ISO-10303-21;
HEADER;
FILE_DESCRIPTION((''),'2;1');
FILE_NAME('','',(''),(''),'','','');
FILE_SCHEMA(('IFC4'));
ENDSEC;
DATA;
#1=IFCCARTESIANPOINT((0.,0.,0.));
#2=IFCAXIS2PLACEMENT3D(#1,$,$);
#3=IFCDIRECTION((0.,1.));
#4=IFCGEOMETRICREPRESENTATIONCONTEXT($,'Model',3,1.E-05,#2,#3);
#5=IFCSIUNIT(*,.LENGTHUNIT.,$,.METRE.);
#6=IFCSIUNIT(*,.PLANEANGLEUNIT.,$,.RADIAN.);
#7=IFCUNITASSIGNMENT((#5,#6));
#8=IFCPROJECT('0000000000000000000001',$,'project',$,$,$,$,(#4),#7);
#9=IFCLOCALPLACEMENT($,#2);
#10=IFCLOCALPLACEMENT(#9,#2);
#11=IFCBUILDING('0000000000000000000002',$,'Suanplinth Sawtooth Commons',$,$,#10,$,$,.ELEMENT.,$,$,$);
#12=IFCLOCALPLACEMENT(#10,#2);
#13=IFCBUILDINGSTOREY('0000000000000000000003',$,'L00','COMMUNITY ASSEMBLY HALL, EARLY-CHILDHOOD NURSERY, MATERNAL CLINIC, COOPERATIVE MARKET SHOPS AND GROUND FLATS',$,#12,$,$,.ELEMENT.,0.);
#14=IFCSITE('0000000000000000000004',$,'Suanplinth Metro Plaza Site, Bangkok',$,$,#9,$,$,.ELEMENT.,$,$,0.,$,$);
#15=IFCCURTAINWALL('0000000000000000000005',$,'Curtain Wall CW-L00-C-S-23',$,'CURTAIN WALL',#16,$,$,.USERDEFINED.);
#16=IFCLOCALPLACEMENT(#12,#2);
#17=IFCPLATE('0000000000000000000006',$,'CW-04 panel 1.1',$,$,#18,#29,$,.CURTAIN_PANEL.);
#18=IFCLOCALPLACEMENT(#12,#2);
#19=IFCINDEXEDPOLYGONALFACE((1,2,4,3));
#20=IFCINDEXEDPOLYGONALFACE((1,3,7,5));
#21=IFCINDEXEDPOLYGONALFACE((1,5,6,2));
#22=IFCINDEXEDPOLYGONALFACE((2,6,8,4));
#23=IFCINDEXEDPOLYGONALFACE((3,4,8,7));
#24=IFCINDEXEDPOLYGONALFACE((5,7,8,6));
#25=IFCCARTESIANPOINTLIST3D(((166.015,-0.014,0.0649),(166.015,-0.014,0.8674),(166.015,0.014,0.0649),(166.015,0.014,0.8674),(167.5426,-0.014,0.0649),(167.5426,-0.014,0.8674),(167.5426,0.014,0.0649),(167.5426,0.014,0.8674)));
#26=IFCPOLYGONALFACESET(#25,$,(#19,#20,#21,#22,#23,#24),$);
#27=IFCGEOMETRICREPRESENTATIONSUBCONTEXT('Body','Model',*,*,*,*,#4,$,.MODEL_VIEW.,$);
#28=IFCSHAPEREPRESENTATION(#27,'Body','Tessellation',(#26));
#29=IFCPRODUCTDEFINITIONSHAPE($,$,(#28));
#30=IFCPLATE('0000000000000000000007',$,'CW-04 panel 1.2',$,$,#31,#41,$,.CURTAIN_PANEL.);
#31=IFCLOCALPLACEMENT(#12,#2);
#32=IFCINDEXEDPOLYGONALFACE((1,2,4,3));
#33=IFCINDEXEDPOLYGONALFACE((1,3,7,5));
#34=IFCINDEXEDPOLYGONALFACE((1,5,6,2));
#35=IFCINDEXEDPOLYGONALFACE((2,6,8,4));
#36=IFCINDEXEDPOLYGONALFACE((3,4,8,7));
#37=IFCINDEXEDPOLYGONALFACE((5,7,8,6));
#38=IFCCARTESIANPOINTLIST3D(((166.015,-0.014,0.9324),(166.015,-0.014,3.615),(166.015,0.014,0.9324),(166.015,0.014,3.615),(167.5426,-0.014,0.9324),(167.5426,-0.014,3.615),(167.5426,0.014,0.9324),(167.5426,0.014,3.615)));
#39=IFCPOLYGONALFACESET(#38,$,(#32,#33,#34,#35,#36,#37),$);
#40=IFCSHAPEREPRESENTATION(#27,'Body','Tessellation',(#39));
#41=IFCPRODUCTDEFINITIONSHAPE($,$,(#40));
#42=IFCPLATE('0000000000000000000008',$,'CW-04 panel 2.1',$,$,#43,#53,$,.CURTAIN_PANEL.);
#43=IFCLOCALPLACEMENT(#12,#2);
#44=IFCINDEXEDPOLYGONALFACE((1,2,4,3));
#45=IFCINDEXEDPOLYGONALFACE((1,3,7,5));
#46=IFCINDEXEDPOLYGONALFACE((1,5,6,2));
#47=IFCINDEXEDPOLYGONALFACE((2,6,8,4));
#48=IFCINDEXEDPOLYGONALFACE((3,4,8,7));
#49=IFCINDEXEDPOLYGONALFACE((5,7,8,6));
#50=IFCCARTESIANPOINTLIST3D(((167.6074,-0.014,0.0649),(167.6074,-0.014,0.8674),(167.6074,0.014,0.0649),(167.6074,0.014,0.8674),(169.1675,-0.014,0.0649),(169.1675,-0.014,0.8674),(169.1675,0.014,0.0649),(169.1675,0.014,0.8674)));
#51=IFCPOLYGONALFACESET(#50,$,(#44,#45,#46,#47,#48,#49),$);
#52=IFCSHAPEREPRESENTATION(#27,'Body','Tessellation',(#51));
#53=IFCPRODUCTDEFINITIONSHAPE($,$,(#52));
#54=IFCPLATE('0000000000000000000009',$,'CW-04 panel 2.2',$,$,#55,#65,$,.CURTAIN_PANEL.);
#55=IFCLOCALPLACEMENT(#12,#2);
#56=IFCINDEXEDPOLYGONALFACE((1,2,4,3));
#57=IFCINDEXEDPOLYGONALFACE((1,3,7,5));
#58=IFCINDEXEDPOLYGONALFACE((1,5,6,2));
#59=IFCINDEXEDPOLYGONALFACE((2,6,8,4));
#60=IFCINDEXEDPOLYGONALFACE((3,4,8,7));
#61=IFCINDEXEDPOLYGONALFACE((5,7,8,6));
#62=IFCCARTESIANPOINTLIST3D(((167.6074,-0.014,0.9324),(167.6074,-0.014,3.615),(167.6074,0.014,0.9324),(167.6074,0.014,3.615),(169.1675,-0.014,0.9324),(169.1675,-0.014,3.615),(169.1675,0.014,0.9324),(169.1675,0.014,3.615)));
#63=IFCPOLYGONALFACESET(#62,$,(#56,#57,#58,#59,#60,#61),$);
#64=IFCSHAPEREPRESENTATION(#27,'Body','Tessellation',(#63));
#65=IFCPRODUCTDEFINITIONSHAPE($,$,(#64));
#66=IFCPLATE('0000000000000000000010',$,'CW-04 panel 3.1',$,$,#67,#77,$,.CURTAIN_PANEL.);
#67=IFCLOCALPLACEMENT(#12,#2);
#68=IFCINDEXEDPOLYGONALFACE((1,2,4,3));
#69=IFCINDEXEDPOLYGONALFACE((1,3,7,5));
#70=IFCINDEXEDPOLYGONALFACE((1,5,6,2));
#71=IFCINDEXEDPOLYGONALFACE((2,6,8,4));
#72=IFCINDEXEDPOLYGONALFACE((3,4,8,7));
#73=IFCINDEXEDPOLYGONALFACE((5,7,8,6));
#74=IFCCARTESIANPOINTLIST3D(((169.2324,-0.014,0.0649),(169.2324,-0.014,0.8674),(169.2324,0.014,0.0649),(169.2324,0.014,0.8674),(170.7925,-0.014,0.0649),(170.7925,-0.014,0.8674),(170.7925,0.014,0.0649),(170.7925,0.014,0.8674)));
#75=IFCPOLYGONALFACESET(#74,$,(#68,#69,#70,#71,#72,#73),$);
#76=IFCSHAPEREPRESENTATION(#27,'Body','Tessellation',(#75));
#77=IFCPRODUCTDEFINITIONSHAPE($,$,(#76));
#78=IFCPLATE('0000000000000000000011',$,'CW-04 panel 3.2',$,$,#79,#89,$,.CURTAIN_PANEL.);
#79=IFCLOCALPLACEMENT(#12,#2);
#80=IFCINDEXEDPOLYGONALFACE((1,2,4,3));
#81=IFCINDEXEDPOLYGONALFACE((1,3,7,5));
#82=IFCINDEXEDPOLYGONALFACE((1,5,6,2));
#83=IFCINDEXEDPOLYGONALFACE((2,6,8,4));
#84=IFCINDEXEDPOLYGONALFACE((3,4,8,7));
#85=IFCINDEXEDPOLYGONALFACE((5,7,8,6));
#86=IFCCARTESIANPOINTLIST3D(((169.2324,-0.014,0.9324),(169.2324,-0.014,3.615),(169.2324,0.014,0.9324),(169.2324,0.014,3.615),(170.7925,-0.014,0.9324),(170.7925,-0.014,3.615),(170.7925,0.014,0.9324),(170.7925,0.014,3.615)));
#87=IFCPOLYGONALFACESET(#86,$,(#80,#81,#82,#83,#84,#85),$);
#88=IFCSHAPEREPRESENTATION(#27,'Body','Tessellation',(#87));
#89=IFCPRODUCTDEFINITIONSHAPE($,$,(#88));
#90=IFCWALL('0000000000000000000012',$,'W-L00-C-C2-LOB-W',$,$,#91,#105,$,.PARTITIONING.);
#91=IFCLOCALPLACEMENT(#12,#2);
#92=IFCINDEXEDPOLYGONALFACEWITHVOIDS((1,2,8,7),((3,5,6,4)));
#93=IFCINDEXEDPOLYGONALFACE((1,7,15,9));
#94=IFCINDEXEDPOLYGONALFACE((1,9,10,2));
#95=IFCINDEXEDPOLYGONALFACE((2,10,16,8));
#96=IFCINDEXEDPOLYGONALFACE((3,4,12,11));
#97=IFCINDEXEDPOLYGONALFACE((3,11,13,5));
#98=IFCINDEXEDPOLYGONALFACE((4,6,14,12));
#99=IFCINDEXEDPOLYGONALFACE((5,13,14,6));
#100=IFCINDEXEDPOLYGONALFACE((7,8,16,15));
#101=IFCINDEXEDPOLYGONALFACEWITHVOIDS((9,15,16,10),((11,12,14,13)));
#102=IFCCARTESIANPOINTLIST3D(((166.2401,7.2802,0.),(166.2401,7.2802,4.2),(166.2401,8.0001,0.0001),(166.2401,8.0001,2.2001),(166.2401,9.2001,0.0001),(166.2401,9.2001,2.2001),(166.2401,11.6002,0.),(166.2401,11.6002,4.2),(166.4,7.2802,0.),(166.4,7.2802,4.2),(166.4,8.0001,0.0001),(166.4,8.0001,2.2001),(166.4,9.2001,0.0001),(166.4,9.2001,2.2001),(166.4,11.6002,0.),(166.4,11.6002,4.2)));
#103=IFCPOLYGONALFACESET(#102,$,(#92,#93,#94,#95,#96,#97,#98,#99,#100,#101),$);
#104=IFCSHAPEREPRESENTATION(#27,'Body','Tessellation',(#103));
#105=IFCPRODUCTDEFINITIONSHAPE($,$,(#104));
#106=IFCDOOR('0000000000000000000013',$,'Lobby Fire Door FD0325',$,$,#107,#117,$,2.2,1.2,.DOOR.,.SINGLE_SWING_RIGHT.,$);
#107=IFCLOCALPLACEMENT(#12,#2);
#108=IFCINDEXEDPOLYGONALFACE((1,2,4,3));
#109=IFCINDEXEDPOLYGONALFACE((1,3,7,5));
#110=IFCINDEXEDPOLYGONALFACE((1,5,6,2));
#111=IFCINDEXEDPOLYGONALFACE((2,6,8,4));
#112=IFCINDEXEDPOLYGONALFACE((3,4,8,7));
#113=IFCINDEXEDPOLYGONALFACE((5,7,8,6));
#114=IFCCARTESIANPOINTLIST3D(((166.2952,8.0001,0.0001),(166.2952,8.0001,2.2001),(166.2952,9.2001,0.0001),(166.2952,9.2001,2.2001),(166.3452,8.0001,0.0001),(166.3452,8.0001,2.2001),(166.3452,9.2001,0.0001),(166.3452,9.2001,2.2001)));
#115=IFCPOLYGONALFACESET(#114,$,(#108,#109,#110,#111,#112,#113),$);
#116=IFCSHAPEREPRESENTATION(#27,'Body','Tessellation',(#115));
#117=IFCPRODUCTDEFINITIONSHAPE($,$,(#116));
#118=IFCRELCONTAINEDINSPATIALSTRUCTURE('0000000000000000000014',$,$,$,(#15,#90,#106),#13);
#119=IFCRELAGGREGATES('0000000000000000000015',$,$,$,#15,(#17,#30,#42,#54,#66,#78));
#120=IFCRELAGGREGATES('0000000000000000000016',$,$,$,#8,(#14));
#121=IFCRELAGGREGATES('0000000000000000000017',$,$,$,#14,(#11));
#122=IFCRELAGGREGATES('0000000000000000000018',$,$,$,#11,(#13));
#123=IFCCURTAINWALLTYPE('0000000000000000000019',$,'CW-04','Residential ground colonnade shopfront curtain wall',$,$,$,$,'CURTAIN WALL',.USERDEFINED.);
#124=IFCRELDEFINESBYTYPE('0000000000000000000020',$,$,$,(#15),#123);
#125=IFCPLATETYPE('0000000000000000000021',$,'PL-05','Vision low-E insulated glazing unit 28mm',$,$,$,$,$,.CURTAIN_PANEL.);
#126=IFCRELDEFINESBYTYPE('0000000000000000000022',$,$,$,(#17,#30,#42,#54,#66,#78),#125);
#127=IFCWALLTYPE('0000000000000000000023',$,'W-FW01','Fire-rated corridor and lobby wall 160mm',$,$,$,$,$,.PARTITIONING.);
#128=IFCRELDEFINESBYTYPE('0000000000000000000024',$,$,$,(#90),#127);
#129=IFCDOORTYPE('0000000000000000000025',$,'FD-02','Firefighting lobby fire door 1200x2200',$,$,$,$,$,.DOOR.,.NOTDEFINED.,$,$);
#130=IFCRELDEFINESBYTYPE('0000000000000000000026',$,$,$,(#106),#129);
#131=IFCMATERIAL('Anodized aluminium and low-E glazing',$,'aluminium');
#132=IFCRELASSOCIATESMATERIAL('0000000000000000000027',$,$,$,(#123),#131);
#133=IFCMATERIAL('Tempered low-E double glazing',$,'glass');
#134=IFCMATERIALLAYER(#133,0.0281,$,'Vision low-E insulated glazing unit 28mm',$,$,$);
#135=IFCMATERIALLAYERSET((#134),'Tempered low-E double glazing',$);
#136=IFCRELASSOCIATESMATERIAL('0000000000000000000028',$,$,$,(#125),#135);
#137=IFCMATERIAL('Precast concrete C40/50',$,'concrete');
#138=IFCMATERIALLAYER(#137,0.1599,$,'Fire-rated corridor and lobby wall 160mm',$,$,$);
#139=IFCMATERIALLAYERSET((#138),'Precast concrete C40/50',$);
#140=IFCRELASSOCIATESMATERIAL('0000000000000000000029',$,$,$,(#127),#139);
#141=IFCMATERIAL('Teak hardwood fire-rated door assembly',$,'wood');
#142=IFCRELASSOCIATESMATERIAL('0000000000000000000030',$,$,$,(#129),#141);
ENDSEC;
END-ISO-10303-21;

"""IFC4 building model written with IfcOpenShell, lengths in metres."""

from ifc_helpers import new_model, si_unit, direction, frame, frame_2d, origin, origin_2d, place, context, subcontext, project, spatial, rectangle, extrude, material, layer, layer_set, type_object, element, fill, aggregate, save


model = new_model("IFC4")

# Units and contexts
model_context = context("Model", 3, precision=1e-05, world=origin(), true_north=direction((0.0, 1.0)))
body_context = subcontext(model_context, "Body", "Model", "MODEL_VIEW")
ifc_project = project(units=[si_unit("LENGTHUNIT", "METRE"), si_unit("PLANEANGLEUNIT", "RADIAN")], contexts=[model_context])

# Site, building, storey
site_placement = place(None, origin())
site = spatial("IfcSite", under=ifc_project, at=site_placement, Name="Suanplinth Metro Plaza Site, Bangkok", CompositionType="ELEMENT", RefElevation=0.0)
building_placement = place(site_placement, origin())
building = spatial("IfcBuilding", under=site, at=building_placement, Name="Suanplinth Sawtooth Commons", CompositionType="ELEMENT")
storey_placement = place(building_placement, origin())
storey = spatial("IfcBuildingStorey", under=building, at=storey_placement, Name="L00", Description="COMMUNITY ASSEMBLY HALL, EARLY-CHILDHOOD NURSERY, MATERNAL CLINIC, COOPERATIVE MARKET SHOPS AND GROUND FLATS", CompositionType="ELEMENT", Elevation=0.0)

# Curtain wall, plates
ifc_material_1 = material(Name="Anodized aluminium and low-E glazing", Category="aluminium")
curtain_wall_type = type_object("IfcCurtainWallType", Name="CW-04", Description="Residential ground colonnade shopfront curtain wall", ElementType="CURTAIN WALL", PredefinedType="USERDEFINED", material=ifc_material_1)
curtain_wall_placement = place(storey_placement, origin())
curtain_wall = element("IfcCurtainWall", 1, at=curtain_wall_placement, inside=storey, type_object=curtain_wall_type, Name="Curtain Wall CW-L00-C-S-23", ObjectType="CURTAIN WALL", PredefinedType="USERDEFINED")
ifc_material_2 = material(Name="Tempered low-E double glazing", Category="glass")
ifc_layer_1 = layer(ifc_material_2, 0.0281, Name="Vision low-E insulated glazing unit 28mm")
ifc_layer_set_1 = layer_set([ifc_layer_1], Name="Tempered low-E double glazing")
plate_type = type_object("IfcPlateType", Name="PL-05", Description="Vision low-E insulated glazing unit 28mm", PredefinedType="CURTAIN_PANEL", material=ifc_layer_set_1)
plate_1_placement = place(storey_placement, frame((166.7788, 0.0, 0.0649), z_axis=(0.0, 0.0, 1.0), x_axis=(1.0, 0.0, 0.0)))
plate_1 = element("IfcPlate", 2, at=plate_1_placement, type_object=plate_type, Name="CW-04 panel 1.1", PredefinedType="CURTAIN_PANEL", context=body_context, shape_type="SweptSolid", body=[
    extrude(rectangle(XDim=1.5276, YDim=0.0281, at=origin_2d()), origin(), (0.0, 0.0, 1.0), 0.8025),
])
plate_2_placement = place(storey_placement, frame((166.7788, 0.0, 0.9324), z_axis=(0.0, 0.0, 1.0), x_axis=(1.0, 0.0, 0.0)))
plate_2 = element("IfcPlate", 3, at=plate_2_placement, type_object=plate_type, Name="CW-04 panel 1.2", PredefinedType="CURTAIN_PANEL", context=body_context, shape_type="SweptSolid", body=[
    extrude(rectangle(XDim=1.5276, YDim=0.0281, at=origin_2d()), origin(), (0.0, 0.0, 1.0), 2.6826),
])
plate_3_placement = place(storey_placement, frame((168.3875, 0.0, 0.0649), z_axis=(0.0, 0.0, 1.0), x_axis=(1.0, 0.0, 0.0)))
plate_3 = element("IfcPlate", 4, at=plate_3_placement, type_object=plate_type, Name="CW-04 panel 2.1", PredefinedType="CURTAIN_PANEL", context=body_context, shape_type="SweptSolid", body=[
    extrude(rectangle(XDim=1.5601, YDim=0.0281, at=origin_2d()), origin(), (0.0, 0.0, 1.0), 0.8025),
])
plate_4_placement = place(storey_placement, frame((168.3875, 0.0, 0.9324), z_axis=(0.0, 0.0, 1.0), x_axis=(1.0, 0.0, 0.0)))
plate_4 = element("IfcPlate", 5, at=plate_4_placement, type_object=plate_type, Name="CW-04 panel 2.2", PredefinedType="CURTAIN_PANEL", context=body_context, shape_type="SweptSolid", body=[
    extrude(rectangle(XDim=1.5601, YDim=0.0281, at=origin_2d()), origin(), (0.0, 0.0, 1.0), 2.6826),
])
plate_5_placement = place(storey_placement, frame((170.0125, 0.0, 0.0649), z_axis=(0.0, 0.0, 1.0), x_axis=(1.0, 0.0, 0.0)))
plate_5 = element("IfcPlate", 6, at=plate_5_placement, type_object=plate_type, Name="CW-04 panel 3.1", PredefinedType="CURTAIN_PANEL", context=body_context, shape_type="SweptSolid", body=[
    extrude(rectangle(XDim=1.5601, YDim=0.0281, at=origin_2d()), origin(), (0.0, 0.0, 1.0), 0.8025),
])
plate_6_placement = place(storey_placement, frame((170.0125, 0.0, 0.9324), z_axis=(0.0, 0.0, 1.0), x_axis=(1.0, 0.0, 0.0)))
plate_6 = element("IfcPlate", 7, at=plate_6_placement, type_object=plate_type, Name="CW-04 panel 3.2", PredefinedType="CURTAIN_PANEL", context=body_context, shape_type="SweptSolid", body=[
    extrude(rectangle(XDim=1.5601, YDim=0.0281, at=origin_2d()), origin(), (0.0, 0.0, 1.0), 2.6826),
])
aggregate(curtain_wall, [plate_1, plate_2, plate_3, plate_4, plate_5, plate_6])

# Wall, opening, door
ifc_material_3 = material(Name="Precast concrete C40/50", Category="concrete")
ifc_layer_2 = layer(ifc_material_3, 0.1599, Name="Fire-rated corridor and lobby wall 160mm")
ifc_layer_set_2 = layer_set([ifc_layer_2], Name="Precast concrete C40/50")
wall_type = type_object("IfcWallType", Name="W-FW01", Description="Fire-rated corridor and lobby wall 160mm", PredefinedType="PARTITIONING", material=ifc_layer_set_2)
wall_placement = place(storey_placement, frame((166.3201, 7.28, 0.0), z_axis=(0.0, 0.0, 1.0), x_axis=(0.0, 1.0, 0.0)))
wall = element("IfcWall", 8, at=wall_placement, inside=storey, type_object=wall_type, Name="W-L00-C-C2-LOB-W", PredefinedType="PARTITIONING", context=body_context, shape_type="SweptSolid", body=[
    extrude(rectangle(XDim=4.3201, YDim=0.1599, at=frame_2d((2.1602, 0.0))), origin(), (0.0, 0.0, 1.0), 4.2),
])
opening_placement = place(wall_placement, frame((0.72, 0.0, 0.0)))
opening = element("IfcOpeningElement", 9, at=opening_placement, cuts=wall, PredefinedType="OPENING", context=body_context, shape_type="SweptSolid", body=[
    extrude(rectangle(XDim=1.2, YDim=2.2, at=frame_2d((0.6001, 1.1001))), frame((0.0, 0.0947, 0.0), z_axis=(0.0, -1.0, 0.0), x_axis=(1.0, 0.0, 0.0)), (0.0, 0.0, 1.0), 0.1897),
])
ifc_material_4 = material(Name="Teak hardwood fire-rated door assembly", Category="wood")
door_type = type_object("IfcDoorType", Name="FD-02", Description="Firefighting lobby fire door 1200x2200", OperationType="NOTDEFINED", PredefinedType="DOOR", material=ifc_material_4)
door_placement = place(opening_placement, origin())
door = element("IfcDoor", 10, at=door_placement, inside=storey, type_object=door_type, Name="Lobby Fire Door FD0325", OperationType="SINGLE_SWING_RIGHT", OverallHeight=2.2, OverallWidth=1.2, PredefinedType="DOOR", context=body_context, shape_type="SweptSolid", body=[
    extrude(rectangle(XDim=1.2, YDim=2.2, at=frame_2d((0.6001, 1.1001))), frame((0.0, 0.0249, 0.0), z_axis=(0.0, -1.0, 0.0), x_axis=(1.0, 0.0, 0.0)), (0.0, 0.0, 1.0), 0.05),
])
fill(opening, door)

save(model, "model.ifc")
